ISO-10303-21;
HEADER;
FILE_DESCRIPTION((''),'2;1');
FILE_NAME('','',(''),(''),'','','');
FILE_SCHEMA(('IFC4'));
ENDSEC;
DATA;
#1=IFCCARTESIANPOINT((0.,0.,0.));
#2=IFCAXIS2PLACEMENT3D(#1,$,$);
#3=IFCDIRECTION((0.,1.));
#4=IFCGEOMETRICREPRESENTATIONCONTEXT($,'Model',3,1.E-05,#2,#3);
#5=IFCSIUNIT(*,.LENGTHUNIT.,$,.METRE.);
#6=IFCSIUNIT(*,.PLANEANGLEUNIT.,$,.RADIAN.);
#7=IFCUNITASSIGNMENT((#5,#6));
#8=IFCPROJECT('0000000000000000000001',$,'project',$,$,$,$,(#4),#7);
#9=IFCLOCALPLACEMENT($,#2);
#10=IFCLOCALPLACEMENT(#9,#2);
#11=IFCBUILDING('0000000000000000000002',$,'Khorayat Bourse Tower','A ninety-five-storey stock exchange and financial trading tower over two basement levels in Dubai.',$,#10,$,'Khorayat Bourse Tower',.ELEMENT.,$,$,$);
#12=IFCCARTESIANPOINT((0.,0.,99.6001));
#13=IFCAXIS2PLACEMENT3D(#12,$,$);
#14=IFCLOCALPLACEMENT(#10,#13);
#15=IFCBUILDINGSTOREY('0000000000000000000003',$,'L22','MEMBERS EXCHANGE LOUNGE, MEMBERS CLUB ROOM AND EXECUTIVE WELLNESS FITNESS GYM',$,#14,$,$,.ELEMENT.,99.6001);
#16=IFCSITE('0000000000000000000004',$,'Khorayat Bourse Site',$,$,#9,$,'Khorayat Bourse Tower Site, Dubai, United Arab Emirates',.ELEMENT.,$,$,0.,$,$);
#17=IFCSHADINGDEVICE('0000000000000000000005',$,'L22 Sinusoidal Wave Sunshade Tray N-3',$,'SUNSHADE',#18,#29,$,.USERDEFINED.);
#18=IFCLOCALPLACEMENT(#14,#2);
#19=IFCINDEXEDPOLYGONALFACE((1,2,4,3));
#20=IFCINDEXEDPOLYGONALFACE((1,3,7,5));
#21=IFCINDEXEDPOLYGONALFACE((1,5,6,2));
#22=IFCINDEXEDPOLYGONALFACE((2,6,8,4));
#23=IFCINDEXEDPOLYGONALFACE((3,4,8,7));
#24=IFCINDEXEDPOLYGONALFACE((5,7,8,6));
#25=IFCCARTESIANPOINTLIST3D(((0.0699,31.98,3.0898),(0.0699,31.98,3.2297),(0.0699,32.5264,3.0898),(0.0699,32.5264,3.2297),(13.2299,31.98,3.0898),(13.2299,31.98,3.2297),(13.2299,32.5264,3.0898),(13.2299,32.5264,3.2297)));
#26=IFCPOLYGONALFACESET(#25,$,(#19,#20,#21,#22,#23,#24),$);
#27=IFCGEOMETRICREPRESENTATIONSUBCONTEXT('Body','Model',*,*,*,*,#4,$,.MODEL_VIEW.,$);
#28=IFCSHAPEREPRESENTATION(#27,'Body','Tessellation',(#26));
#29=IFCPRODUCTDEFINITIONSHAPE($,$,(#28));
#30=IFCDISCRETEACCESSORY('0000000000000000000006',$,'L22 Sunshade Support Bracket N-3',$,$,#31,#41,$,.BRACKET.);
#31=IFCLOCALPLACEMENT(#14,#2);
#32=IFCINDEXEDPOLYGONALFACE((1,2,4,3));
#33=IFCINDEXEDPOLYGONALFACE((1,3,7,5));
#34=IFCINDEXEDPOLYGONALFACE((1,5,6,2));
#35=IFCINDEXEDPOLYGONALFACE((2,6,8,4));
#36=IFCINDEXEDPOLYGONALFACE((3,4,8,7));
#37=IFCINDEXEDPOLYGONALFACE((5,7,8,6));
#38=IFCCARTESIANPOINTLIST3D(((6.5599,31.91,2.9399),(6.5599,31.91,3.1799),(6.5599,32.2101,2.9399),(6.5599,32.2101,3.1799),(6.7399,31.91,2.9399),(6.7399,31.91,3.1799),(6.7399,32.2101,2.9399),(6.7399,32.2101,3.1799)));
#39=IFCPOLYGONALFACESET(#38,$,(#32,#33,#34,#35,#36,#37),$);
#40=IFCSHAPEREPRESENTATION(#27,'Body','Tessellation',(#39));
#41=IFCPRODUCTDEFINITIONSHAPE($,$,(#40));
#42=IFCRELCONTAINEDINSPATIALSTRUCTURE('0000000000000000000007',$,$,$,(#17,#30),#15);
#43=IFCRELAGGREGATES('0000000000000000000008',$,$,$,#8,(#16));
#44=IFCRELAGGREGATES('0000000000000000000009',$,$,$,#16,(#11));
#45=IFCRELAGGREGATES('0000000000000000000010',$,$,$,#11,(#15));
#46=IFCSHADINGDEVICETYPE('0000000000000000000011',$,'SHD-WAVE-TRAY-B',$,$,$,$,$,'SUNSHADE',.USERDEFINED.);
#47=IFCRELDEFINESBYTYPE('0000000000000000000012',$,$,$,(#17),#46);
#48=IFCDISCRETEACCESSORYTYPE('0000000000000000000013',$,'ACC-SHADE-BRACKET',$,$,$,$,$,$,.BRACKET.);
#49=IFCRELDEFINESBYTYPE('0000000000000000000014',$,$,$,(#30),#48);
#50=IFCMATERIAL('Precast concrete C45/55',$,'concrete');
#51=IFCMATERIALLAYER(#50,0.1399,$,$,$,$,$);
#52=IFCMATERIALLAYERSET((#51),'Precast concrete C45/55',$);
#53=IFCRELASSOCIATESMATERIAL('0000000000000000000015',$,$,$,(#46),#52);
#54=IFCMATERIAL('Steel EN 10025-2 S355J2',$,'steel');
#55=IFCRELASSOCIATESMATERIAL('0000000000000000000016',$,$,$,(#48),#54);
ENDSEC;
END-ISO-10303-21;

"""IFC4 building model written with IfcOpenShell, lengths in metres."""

from ifc_helpers import new_model, si_unit, direction, frame, origin, origin_2d, place, context, subcontext, project, spatial, rectangle, extrude, source, transform, mapped, material, layer, layer_set, type_object, element, save


model = new_model("IFC4")

# Units and contexts
model_context = context("Model", 3, precision=1e-05, world=origin(), true_north=direction((0.0, 1.0)))
body_context = subcontext(model_context, "Body", "Model", "MODEL_VIEW")
ifc_project = project(units=[si_unit("LENGTHUNIT", "METRE"), si_unit("PLANEANGLEUNIT", "RADIAN")], contexts=[model_context])

# Site, building, storey
site_placement = place(None, origin())
site = spatial("IfcSite", under=ifc_project, at=site_placement, Name="Khorayat Bourse Site", LongName="Khorayat Bourse Tower Site, Dubai, United Arab Emirates", CompositionType="ELEMENT", RefElevation=0.0)
building_placement = place(site_placement, origin())
building = spatial("IfcBuilding", under=site, at=building_placement, Name="Khorayat Bourse Tower", Description="A ninety-five-storey stock exchange and financial trading tower over two basement levels in Dubai.", LongName="Khorayat Bourse Tower", CompositionType="ELEMENT")
storey_placement = place(building_placement, frame((0.0, 0.0, 99.6001)))
storey = spatial("IfcBuildingStorey", under=building, at=storey_placement, Name="L22", Description="MEMBERS EXCHANGE LOUNGE, MEMBERS CLUB ROOM AND EXECUTIVE WELLNESS FITNESS GYM", CompositionType="ELEMENT", Elevation=99.6001)

# Shared definitions
ifc_material_1 = material(Name="Steel EN 10025-2 S355J2", Category="steel")

# Shading device
ifc_material_2 = material(Name="Precast concrete C45/55", Category="concrete")
ifc_layer_1 = layer(ifc_material_2, 0.1399)
ifc_layer_set_1 = layer_set([ifc_layer_1], Name="Precast concrete C45/55")
shading_device_type = type_object("IfcShadingDeviceType", Name="SHD-WAVE-TRAY-B", ElementType="SUNSHADE", PredefinedType="USERDEFINED", material=ifc_layer_set_1)
shared_shape_1 = source(origin(), body_context, "Body", "SweptSolid", [
    extrude(rectangle(XDim=13.1599, YDim=0.5464, at=origin_2d()), origin(), (0.0, 0.0, 1.0), 0.1399),
])
shading_device_placement = place(storey_placement, frame((6.6499, 32.2532, 3.0898), z_axis=(0.0, 0.0, 1.0), x_axis=(1.0, 0.0, 0.0)))
element("IfcShadingDevice", 1, at=shading_device_placement, inside=storey, type_object=shading_device_type, Name="L22 Sinusoidal Wave Sunshade Tray N-3", ObjectType="SUNSHADE", PredefinedType="USERDEFINED", context=body_context, shape_type="MappedRepresentation", body=[
    mapped(shared_shape_1, transform((0.0, 0.0, 0.0), scale=1.0)),
])

# Discrete accessory
discrete_accessory_type = type_object("IfcDiscreteAccessoryType", Name="ACC-SHADE-BRACKET", PredefinedType="BRACKET", material=ifc_material_1)
shared_shape_2 = source(origin(), body_context, "Body", "SweptSolid", [
    extrude(rectangle(XDim=0.1799, YDim=0.3, at=origin_2d()), origin(), (0.0, 0.0, 1.0), 0.24),
])
discrete_accessory_placement = place(storey_placement, frame((6.6499, 32.0601, 2.9399), z_axis=(0.0, 0.0, 1.0), x_axis=(1.0, 0.0, 0.0)))
element("IfcDiscreteAccessory", 2, at=discrete_accessory_placement, inside=storey, type_object=discrete_accessory_type, Name="L22 Sunshade Support Bracket N-3", PredefinedType="BRACKET", context=body_context, shape_type="MappedRepresentation", body=[
    mapped(shared_shape_2, transform((0.0, 0.0, 0.0), scale=1.0)),
])

save(model, "model.ifc")
